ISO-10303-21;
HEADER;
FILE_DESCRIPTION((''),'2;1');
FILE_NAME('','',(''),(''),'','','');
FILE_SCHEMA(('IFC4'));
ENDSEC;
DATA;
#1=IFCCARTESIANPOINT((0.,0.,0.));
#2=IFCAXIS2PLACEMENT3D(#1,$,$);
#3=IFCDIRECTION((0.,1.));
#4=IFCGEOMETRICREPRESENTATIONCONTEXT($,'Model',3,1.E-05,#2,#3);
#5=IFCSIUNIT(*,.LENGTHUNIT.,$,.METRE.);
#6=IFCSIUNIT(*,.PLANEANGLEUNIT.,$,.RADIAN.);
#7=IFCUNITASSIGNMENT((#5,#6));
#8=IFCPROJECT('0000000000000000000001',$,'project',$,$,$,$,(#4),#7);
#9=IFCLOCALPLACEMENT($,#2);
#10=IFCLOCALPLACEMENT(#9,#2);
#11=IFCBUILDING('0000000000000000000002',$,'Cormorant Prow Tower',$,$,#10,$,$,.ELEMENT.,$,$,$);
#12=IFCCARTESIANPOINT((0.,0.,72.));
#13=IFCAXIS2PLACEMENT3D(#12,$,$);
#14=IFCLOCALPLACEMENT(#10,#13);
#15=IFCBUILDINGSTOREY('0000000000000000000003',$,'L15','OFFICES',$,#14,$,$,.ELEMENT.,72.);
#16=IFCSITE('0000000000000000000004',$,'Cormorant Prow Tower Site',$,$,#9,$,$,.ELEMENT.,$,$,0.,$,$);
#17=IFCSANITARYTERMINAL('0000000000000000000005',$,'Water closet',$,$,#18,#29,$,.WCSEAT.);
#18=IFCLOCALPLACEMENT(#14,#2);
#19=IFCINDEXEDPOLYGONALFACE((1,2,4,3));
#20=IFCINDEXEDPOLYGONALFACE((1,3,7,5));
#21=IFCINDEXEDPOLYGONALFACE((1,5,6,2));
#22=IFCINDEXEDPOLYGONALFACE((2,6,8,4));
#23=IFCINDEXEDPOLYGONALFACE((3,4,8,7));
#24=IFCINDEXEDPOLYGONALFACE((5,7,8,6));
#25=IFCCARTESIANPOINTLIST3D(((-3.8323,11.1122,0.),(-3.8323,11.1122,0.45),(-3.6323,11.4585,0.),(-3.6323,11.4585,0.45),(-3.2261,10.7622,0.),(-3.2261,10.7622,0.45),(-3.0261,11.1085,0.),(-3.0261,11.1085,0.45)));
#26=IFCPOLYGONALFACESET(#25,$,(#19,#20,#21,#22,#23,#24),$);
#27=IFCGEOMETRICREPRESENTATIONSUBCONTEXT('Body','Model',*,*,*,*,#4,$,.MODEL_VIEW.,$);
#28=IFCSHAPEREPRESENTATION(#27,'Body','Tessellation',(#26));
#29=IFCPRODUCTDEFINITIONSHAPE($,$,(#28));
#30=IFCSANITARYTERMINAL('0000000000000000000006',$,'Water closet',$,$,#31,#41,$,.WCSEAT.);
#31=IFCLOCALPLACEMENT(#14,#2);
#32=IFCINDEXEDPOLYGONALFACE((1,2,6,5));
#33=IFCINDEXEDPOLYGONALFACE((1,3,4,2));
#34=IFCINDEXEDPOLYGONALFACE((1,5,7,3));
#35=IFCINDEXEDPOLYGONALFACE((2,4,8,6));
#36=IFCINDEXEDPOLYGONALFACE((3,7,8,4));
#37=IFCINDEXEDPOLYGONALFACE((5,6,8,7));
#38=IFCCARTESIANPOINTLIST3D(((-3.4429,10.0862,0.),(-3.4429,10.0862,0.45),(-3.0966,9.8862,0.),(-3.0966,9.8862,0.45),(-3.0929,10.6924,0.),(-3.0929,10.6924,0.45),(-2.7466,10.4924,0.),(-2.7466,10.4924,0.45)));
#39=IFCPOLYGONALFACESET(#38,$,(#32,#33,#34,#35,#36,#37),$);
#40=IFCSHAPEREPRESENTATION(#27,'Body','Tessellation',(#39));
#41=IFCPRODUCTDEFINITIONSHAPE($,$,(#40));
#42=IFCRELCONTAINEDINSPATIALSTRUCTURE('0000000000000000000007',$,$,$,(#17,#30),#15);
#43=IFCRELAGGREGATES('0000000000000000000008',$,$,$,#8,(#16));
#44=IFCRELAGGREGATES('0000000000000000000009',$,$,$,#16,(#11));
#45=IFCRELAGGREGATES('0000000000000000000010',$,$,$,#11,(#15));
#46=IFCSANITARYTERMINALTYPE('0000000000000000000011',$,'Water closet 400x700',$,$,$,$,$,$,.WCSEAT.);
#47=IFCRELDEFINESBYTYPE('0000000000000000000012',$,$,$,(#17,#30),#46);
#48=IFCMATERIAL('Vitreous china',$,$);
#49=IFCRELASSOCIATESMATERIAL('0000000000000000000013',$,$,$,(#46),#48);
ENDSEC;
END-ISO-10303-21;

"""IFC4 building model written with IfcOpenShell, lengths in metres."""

from ifc_helpers import new_model, si_unit, direction, frame, origin, origin_2d, place, context, subcontext, project, spatial, rectangle, extrude, material, type_object, element, save


model = new_model("IFC4")

# Units and contexts
model_context = context("Model", 3, precision=1e-05, world=origin(), true_north=direction((0.0, 1.0)))
body_context = subcontext(model_context, "Body", "Model", "MODEL_VIEW")
ifc_project = project(units=[si_unit("LENGTHUNIT", "METRE"), si_unit("PLANEANGLEUNIT", "RADIAN")], contexts=[model_context])

# Site, building, storey
site_placement = place(None, origin())
site = spatial("IfcSite", under=ifc_project, at=site_placement, Name="Cormorant Prow Tower Site", CompositionType="ELEMENT", RefElevation=0.0)
building_placement = place(site_placement, origin())
building = spatial("IfcBuilding", under=site, at=building_placement, Name="Cormorant Prow Tower", CompositionType="ELEMENT")
storey_placement = place(building_placement, frame((0.0, 0.0, 72.0)))
storey = spatial("IfcBuildingStorey", under=building, at=storey_placement, Name="L15", Description="OFFICES", CompositionType="ELEMENT", Elevation=72.0)

# Sanitary terminals
ifc_material_1 = material(Name="Vitreous china")
sanitary_terminal_type_1 = type_object("IfcSanitaryTerminalType", Name="Water closet 400x700", PredefinedType="WCSEAT", material=ifc_material_1)
for number, where, z_axis, x_axis, name in (
    (1, (-3.4292, 11.1104, 0.0), (0.0, 0.0, 1.0), (-0.500015, -0.866017, 0.0), "Water closet"),
    (2, (-3.0947, 10.2893, 0.0), (0.0, 0.0, 1.0), (0.866017, -0.500015, 0.0), "Water closet"),
):
    element("IfcSanitaryTerminal", number, at=place(storey_placement, frame(where, z_axis=z_axis, x_axis=x_axis)), inside=storey, type_object=sanitary_terminal_type_1, Name=name, PredefinedType="WCSEAT", context=body_context, shape_type="SweptSolid", body=[
        extrude(rectangle(XDim=0.3999, YDim=0.7, at=origin_2d()), origin(), (0.0, 0.0, 1.0), 0.45),
    ])

save(model, "model.ifc")
